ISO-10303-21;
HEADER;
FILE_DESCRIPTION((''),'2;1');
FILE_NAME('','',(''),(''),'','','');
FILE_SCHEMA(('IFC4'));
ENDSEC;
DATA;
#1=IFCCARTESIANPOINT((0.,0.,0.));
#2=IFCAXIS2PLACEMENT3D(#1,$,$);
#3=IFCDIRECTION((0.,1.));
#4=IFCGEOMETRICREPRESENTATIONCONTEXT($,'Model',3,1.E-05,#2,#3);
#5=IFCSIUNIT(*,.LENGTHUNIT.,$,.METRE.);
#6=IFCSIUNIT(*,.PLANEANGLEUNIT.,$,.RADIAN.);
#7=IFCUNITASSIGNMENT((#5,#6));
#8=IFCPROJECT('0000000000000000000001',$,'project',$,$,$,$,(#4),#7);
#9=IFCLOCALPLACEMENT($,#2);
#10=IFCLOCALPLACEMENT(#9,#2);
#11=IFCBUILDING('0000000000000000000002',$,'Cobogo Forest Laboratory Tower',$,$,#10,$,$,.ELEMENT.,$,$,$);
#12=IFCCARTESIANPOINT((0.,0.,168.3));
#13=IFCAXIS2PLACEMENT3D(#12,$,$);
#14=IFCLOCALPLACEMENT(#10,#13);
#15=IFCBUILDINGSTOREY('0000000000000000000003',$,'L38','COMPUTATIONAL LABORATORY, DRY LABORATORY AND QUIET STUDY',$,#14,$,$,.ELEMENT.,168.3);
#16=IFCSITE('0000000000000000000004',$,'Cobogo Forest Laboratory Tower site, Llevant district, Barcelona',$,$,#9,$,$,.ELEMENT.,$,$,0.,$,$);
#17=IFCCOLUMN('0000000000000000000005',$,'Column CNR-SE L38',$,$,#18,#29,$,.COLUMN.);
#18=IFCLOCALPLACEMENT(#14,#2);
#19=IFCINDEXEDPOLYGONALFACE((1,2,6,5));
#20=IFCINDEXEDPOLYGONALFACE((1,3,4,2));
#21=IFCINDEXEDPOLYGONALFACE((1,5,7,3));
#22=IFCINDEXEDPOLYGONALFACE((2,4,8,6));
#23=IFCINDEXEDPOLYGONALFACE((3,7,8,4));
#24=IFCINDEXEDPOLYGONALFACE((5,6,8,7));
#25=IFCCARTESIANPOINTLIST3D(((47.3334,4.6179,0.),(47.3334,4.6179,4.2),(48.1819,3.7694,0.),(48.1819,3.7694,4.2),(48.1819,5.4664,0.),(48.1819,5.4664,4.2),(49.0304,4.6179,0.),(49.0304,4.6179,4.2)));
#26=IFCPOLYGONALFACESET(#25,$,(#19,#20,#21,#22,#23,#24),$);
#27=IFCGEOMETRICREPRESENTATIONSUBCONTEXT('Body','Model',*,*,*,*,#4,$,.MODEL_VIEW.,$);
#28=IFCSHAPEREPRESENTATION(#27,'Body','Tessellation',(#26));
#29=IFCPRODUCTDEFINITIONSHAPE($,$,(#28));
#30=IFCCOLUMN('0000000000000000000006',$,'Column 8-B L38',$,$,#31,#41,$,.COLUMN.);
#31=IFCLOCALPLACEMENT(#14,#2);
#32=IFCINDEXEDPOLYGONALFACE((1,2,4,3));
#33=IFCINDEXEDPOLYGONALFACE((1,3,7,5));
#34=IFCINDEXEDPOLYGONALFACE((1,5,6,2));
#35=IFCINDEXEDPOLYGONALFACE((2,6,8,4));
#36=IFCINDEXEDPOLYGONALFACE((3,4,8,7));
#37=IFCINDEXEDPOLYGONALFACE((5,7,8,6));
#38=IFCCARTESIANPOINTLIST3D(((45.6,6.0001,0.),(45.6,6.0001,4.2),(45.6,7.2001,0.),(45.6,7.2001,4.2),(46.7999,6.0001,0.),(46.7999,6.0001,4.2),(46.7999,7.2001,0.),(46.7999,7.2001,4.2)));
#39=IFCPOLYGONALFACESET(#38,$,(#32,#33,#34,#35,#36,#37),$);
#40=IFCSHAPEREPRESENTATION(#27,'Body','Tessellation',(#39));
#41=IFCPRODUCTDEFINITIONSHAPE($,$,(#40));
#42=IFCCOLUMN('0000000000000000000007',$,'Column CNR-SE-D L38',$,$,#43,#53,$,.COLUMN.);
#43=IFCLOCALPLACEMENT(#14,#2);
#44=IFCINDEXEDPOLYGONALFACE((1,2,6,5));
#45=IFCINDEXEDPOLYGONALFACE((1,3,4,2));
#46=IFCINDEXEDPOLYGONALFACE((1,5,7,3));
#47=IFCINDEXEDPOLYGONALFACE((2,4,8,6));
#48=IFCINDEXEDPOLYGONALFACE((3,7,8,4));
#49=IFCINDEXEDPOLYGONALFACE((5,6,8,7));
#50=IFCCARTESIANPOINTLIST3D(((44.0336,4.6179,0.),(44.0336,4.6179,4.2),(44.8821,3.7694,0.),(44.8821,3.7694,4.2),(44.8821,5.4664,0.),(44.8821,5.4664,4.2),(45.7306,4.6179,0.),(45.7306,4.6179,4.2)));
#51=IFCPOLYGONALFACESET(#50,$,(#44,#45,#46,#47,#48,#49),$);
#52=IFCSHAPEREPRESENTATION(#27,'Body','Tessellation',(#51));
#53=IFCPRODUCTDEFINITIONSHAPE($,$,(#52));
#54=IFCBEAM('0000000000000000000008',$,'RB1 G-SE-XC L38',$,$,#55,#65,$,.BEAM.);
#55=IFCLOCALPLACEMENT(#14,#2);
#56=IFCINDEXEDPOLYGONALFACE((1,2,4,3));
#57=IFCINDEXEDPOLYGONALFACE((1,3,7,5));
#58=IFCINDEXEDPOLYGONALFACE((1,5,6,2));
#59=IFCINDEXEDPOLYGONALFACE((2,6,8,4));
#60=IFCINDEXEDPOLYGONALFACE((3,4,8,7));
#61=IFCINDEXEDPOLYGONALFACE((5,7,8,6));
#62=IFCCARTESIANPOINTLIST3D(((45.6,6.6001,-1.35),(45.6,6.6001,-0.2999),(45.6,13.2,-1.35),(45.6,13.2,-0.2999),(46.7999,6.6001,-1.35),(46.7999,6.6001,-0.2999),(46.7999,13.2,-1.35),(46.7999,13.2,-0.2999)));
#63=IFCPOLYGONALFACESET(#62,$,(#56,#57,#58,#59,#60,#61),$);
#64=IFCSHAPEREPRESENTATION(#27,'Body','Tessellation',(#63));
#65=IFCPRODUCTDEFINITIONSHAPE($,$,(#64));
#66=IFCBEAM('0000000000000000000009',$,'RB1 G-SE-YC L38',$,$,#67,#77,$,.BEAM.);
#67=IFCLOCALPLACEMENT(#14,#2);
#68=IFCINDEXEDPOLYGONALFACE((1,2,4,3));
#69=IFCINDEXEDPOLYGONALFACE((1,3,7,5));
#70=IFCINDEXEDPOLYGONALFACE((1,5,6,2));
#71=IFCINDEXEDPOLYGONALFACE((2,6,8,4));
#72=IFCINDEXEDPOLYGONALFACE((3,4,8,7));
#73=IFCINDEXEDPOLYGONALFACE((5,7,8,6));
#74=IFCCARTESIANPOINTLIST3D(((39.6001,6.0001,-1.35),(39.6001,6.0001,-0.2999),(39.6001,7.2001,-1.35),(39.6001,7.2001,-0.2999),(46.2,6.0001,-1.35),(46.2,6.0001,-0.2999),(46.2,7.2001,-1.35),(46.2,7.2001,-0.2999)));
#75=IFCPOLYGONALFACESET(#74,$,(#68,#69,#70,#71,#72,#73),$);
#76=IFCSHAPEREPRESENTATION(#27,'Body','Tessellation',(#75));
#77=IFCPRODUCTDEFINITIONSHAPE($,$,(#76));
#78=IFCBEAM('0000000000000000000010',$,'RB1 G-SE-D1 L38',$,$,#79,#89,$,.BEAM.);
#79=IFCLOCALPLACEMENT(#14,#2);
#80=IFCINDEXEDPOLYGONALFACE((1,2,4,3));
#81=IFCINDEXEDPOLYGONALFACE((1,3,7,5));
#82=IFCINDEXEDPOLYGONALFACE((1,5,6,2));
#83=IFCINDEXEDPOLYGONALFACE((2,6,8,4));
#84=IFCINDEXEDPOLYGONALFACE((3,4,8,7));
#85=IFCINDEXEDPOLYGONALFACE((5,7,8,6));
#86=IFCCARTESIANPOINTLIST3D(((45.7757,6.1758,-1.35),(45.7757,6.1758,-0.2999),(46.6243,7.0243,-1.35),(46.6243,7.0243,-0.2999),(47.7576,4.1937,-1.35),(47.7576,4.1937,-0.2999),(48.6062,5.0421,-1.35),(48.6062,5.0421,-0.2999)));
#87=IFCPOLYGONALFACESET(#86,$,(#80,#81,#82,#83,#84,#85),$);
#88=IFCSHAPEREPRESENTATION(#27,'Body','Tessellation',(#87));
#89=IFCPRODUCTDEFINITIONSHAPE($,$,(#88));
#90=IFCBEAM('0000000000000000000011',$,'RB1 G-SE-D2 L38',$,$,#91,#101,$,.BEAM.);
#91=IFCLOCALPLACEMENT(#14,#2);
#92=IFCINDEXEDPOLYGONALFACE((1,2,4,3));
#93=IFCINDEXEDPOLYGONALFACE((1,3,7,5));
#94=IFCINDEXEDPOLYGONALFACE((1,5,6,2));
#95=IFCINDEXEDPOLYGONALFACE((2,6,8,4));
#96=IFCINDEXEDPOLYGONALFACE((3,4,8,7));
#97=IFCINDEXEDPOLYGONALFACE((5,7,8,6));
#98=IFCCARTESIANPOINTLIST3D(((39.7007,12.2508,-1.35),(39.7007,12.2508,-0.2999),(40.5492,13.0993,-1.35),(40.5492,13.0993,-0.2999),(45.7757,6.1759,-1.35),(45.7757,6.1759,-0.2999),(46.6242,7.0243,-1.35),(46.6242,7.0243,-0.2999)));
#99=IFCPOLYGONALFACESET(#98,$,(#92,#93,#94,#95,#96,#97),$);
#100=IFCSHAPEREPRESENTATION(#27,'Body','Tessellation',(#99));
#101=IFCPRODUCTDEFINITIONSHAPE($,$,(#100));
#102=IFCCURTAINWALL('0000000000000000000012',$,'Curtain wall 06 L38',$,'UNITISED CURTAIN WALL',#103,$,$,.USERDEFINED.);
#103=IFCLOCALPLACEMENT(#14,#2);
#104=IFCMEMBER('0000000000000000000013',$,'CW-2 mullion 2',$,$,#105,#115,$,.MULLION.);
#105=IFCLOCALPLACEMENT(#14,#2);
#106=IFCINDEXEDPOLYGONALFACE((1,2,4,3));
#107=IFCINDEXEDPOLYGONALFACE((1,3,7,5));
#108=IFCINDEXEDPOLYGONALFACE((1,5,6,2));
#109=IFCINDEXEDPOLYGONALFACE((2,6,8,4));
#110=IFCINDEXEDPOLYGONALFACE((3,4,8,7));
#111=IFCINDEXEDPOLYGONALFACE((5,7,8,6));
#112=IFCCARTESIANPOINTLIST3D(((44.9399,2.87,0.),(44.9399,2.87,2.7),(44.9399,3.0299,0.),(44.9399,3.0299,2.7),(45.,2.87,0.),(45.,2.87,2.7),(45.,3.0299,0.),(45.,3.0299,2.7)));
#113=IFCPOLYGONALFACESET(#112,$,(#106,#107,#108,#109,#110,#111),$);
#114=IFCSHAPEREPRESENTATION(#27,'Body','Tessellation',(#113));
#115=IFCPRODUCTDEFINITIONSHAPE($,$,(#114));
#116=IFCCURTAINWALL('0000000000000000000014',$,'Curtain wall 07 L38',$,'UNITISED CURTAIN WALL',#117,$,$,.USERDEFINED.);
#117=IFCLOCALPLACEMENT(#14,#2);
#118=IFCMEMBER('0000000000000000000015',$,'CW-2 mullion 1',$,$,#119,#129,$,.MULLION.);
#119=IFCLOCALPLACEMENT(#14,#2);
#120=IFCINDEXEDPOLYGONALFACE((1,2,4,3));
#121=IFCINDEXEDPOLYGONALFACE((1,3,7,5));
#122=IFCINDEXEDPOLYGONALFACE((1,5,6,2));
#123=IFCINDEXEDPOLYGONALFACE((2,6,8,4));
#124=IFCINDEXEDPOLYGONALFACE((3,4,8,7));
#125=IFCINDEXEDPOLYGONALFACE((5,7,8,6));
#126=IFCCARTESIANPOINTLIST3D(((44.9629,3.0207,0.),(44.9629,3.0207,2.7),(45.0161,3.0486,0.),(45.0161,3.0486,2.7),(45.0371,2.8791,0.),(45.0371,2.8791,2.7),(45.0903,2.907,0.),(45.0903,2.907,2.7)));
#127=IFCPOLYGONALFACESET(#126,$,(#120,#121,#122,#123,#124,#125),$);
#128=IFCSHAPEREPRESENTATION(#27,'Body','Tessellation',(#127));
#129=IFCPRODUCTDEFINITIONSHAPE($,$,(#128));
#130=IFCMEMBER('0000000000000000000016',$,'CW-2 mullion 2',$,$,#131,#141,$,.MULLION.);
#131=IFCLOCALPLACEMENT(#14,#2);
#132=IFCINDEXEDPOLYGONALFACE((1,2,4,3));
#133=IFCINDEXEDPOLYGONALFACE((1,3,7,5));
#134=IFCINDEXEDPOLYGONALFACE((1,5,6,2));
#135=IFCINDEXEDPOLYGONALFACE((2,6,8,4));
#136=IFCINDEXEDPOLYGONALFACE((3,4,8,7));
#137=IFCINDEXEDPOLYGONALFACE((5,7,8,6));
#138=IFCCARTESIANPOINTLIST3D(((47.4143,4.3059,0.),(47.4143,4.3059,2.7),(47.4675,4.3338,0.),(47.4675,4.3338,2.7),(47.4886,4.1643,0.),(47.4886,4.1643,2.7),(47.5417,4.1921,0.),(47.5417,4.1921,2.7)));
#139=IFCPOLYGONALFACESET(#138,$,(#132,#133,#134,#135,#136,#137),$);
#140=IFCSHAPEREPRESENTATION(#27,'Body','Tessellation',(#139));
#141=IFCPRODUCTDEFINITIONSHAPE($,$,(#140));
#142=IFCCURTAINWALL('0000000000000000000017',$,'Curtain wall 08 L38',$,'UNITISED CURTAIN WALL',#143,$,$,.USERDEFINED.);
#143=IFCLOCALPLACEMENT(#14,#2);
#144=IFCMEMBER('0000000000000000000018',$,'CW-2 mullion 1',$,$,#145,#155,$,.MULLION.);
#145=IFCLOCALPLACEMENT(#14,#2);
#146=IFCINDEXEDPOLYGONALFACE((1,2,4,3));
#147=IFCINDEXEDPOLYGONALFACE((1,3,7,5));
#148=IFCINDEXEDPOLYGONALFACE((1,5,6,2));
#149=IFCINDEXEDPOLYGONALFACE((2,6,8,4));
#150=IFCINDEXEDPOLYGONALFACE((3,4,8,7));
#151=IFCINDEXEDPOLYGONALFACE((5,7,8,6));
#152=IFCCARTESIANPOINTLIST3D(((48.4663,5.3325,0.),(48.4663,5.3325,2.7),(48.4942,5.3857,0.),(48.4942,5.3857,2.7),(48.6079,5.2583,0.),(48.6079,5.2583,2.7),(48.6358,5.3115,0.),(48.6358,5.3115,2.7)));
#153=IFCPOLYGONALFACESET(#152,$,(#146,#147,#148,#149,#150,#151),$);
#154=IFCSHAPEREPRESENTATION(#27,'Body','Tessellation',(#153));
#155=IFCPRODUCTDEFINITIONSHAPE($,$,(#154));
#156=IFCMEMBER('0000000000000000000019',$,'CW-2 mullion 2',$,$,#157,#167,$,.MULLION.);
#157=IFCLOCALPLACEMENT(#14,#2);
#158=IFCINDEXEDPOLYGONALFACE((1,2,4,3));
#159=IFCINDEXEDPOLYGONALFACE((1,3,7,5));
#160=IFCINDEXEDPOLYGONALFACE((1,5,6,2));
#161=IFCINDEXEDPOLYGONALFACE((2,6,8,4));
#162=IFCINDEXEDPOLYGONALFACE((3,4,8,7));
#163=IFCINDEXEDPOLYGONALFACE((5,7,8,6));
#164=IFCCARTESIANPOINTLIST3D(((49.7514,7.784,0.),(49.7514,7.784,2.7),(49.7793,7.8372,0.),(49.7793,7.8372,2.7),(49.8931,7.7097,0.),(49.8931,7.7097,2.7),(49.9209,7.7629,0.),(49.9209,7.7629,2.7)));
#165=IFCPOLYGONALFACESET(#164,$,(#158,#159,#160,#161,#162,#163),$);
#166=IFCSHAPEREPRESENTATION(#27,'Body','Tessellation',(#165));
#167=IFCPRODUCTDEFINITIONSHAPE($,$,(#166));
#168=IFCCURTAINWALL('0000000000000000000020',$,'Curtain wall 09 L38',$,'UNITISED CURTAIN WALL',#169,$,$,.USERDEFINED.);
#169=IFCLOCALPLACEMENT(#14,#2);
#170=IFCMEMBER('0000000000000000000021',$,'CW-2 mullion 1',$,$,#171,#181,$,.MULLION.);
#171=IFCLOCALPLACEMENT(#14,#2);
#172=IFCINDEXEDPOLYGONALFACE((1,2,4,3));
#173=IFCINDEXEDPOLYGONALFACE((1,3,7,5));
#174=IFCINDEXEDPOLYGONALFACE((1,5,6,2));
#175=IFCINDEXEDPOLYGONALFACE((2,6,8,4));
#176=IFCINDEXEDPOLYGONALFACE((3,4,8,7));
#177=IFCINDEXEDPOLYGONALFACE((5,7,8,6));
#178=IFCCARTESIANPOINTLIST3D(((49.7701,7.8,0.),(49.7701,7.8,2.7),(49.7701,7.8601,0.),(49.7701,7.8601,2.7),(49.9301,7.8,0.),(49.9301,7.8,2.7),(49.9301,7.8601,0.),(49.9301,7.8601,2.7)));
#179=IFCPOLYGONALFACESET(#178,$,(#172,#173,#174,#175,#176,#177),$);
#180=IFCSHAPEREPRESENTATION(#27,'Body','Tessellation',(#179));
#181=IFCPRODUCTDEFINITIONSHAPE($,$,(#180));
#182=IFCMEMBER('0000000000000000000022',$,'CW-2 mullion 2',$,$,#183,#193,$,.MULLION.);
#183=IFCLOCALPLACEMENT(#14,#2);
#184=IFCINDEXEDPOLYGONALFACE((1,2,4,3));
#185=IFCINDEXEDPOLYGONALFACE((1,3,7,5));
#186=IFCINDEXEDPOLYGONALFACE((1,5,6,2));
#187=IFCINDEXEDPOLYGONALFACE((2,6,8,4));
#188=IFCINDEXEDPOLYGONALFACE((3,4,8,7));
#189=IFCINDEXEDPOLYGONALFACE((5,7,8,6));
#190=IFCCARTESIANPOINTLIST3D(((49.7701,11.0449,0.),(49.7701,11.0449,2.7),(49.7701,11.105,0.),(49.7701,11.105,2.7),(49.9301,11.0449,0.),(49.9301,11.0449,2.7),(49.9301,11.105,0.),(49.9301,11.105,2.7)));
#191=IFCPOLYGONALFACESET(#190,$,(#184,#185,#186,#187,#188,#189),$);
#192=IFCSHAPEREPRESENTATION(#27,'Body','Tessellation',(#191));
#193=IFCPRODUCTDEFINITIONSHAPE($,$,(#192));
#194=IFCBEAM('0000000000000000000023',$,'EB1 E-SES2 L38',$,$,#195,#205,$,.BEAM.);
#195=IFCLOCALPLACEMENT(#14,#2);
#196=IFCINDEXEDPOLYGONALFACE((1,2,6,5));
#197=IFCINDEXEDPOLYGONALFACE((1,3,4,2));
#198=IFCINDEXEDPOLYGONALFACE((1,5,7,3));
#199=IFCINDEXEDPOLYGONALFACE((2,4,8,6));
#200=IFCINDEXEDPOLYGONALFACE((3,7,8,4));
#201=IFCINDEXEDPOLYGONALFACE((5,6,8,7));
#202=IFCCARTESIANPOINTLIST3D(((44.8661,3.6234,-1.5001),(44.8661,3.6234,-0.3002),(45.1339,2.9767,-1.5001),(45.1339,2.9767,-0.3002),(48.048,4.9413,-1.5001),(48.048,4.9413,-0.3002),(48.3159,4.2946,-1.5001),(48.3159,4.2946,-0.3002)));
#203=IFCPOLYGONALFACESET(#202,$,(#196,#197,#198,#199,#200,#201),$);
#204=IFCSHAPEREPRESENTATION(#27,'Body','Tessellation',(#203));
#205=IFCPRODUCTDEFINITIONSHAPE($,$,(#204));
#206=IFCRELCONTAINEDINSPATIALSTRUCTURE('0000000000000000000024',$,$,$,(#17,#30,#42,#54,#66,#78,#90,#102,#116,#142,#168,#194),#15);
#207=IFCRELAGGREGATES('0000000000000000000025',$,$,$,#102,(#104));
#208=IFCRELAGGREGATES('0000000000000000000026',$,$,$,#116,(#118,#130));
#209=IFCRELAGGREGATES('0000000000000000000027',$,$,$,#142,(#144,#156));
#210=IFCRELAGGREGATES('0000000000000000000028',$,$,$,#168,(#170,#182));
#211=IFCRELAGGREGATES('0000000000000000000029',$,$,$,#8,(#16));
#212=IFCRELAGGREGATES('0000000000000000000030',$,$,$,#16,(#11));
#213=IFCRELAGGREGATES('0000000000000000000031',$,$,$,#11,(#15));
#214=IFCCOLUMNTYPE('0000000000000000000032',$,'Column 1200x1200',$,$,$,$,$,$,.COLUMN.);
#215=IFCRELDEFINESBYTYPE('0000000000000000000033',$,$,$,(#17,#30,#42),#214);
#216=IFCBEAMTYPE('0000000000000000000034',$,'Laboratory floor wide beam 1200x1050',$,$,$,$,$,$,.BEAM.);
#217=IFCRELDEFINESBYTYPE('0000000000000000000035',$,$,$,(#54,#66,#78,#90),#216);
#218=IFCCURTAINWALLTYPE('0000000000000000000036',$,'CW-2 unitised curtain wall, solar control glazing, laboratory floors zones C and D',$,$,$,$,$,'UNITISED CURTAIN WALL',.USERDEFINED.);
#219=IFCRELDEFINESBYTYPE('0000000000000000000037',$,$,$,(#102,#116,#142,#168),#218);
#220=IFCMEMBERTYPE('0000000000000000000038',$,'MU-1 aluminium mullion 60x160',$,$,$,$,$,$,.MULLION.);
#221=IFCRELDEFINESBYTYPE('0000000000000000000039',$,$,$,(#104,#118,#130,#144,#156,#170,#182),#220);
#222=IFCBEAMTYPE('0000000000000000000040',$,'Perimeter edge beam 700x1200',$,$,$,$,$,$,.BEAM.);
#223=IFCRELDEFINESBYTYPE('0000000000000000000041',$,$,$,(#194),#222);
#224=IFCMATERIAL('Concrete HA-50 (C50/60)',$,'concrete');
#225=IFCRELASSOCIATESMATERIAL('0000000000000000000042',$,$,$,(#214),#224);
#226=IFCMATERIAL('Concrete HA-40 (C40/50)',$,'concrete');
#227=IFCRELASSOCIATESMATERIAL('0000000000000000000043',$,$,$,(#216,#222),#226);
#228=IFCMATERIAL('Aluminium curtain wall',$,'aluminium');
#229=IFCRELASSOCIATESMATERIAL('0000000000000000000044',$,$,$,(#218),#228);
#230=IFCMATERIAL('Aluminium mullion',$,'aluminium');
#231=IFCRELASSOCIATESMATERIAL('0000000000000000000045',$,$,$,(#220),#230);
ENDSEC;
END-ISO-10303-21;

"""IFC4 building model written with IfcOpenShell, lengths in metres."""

from ifc_helpers import new_model, si_unit, direction, frame, origin, origin_2d, place, context, subcontext, project, spatial, rectangle, extrude, material, material_profile, profile_set, type_object, element, aggregate, save


model = new_model("IFC4")

# Units and contexts
model_context = context("Model", 3, precision=1e-05, world=origin(), true_north=direction((0.0, 1.0)))
body_context = subcontext(model_context, "Body", "Model", "MODEL_VIEW")
ifc_project = project(units=[si_unit("LENGTHUNIT", "METRE"), si_unit("PLANEANGLEUNIT", "RADIAN")], contexts=[model_context])

# Site, building, storey
site_placement = place(None, origin())
site = spatial("IfcSite", under=ifc_project, at=site_placement, Name="Cobogo Forest Laboratory Tower site, Llevant district, Barcelona", CompositionType="ELEMENT", RefElevation=0.0)
building_placement = place(site_placement, origin())
building = spatial("IfcBuilding", under=site, at=building_placement, Name="Cobogo Forest Laboratory Tower", CompositionType="ELEMENT")
storey_placement = place(building_placement, frame((0.0, 0.0, 168.3)))
storey = spatial("IfcBuildingStorey", under=building, at=storey_placement, Name="L38", Description="COMPUTATIONAL LABORATORY, DRY LABORATORY AND QUIET STUDY", CompositionType="ELEMENT", Elevation=168.3)

# Columns
ifc_material_1 = material(Name="Concrete HA-50 (C50/60)", Category="concrete")
ifc_material_profile_1 = material_profile(ifc_material_1, rectangle(XDim=1.2, YDim=1.2, at=origin_2d()), Name="RC 1200x1200")
ifc_profile_set_1 = profile_set([ifc_material_profile_1], Name="Concrete HA-50 (C50/60)")
column_type = type_object("IfcColumnType", Name="Column 1200x1200", PredefinedType="COLUMN", material=ifc_profile_set_1)
for number, where, z_axis, x_axis, name in (
    (1, (48.1819, 4.6179, 0.0), (0.0, 0.0, 1.0), (0.707107, 0.707107, 0.0), "Column CNR-SE L38"),
    (2, (46.2, 6.6001, 0.0), (0.0, 0.0, 1.0), (1.0, 0.0, 0.0), "Column 8-B L38"),
    (3, (44.8821, 4.6179, 0.0), (0.0, 0.0, 1.0), (0.707107, 0.707107, 0.0), "Column CNR-SE-D L38"),
):
    element("IfcColumn", number, at=place(storey_placement, frame(where, z_axis=z_axis, x_axis=x_axis)), inside=storey, type_object=column_type, Name=name, PredefinedType="COLUMN", context=body_context, shape_type="SweptSolid", body=[
        extrude(rectangle(XDim=1.2, YDim=1.2, at=origin_2d()), origin(), (0.0, 0.0, 1.0), 4.2),
    ])

# Beams
ifc_material_2 = material(Name="Concrete HA-40 (C40/50)", Category="concrete")
ifc_material_profile_2 = material_profile(ifc_material_2, rectangle(XDim=1.2, YDim=1.05, at=origin_2d()), Name="RC 1200x1050")
ifc_profile_set_2 = profile_set([ifc_material_profile_2], Name="Concrete HA-40 (C40/50)")
beam_type_1 = type_object("IfcBeamType", Name="Laboratory floor wide beam 1200x1050", PredefinedType="BEAM", material=ifc_profile_set_2)
for number, where, z_axis, x_axis, name in (
    (4, (46.2, 6.6001, -0.825), (0.0, 1.0, 0.0), (-1.0, 0.0, 0.0), "RB1 G-SE-XC L38"),
    (5, (46.2, 6.6001, -0.825), (-1.0, 0.0, 0.0), (0.0, -1.0, 0.0), "RB1 G-SE-YC L38"),
):
    element("IfcBeam", number, at=place(storey_placement, frame(where, z_axis=z_axis, x_axis=x_axis)), inside=storey, type_object=beam_type_1, Name=name, PredefinedType="BEAM", context=body_context, shape_type="SweptSolid", body=[
        extrude(rectangle(XDim=1.2, YDim=1.05, at=origin_2d()), origin(), (0.0, 0.0, 1.0), 6.5999),
    ])
beam_1_placement = place(storey_placement, frame((48.1819, 4.6179, -0.825), z_axis=(-0.707063, 0.70715, 0.0), x_axis=(-0.70715, -0.707063, 0.0)))
element("IfcBeam", 6, at=beam_1_placement, inside=storey, type_object=beam_type_1, Name="RB1 G-SE-D1 L38", PredefinedType="BEAM", context=body_context, shape_type="SweptSolid", body=[
    extrude(rectangle(XDim=1.2, YDim=1.05, at=origin_2d()), origin(), (0.0, 0.0, 1.0), 2.803),
])
beam_2_placement = place(storey_placement, frame((46.2, 6.6001, -0.825), z_axis=(-0.707107, 0.707107, 0.0), x_axis=(-0.707107, -0.707107, 0.0)))
element("IfcBeam", 7, at=beam_2_placement, inside=storey, type_object=beam_type_1, Name="RB1 G-SE-D2 L38", PredefinedType="BEAM", context=body_context, shape_type="SweptSolid", body=[
    extrude(rectangle(XDim=1.2, YDim=1.05, at=origin_2d()), origin(), (0.0, 0.0, 1.0), 8.5913),
])

# Curtain wall, member
ifc_material_3 = material(Name="Aluminium curtain wall", Category="aluminium")
curtain_wall_type = type_object("IfcCurtainWallType", Name="CW-2 unitised curtain wall, solar control glazing, laboratory floors zones C and D", ElementType="UNITISED CURTAIN WALL", PredefinedType="USERDEFINED", material=ifc_material_3)
curtain_wall_1_placement = place(storey_placement, origin())
curtain_wall_1 = element("IfcCurtainWall", 8, at=curtain_wall_1_placement, inside=storey, type_object=curtain_wall_type, Name="Curtain wall 06 L38", ObjectType="UNITISED CURTAIN WALL", PredefinedType="USERDEFINED")
ifc_material_4 = material(Name="Aluminium mullion", Category="aluminium")
ifc_material_profile_3 = material_profile(ifc_material_4, rectangle(XDim=0.0601, YDim=0.1599, at=origin_2d()), Name="AL 60x160")
ifc_profile_set_3 = profile_set([ifc_material_profile_3], Name="Aluminium mullion")
member_type_1 = type_object("IfcMemberType", Name="MU-1 aluminium mullion 60x160", PredefinedType="MULLION", material=ifc_profile_set_3)
member_1_placement = place(storey_placement, frame((44.97, 2.95, 0.0), z_axis=(0.0, 0.0, 1.0), x_axis=(1.0, 0.0, 0.0)))
member_1 = element("IfcMember", 9, at=member_1_placement, type_object=member_type_1, Name="CW-2 mullion 2", PredefinedType="MULLION", context=body_context, shape_type="SweptSolid", body=[
    extrude(rectangle(XDim=0.0601, YDim=0.1599, at=origin_2d()), origin(), (0.0, 0.0, 1.0), 2.7),
])

# Curtain walls, members
curtain_wall_2_placement = place(storey_placement, origin())
curtain_wall_2 = element("IfcCurtainWall", 10, at=curtain_wall_2_placement, inside=storey, type_object=curtain_wall_type, Name="Curtain wall 07 L38", ObjectType="UNITISED CURTAIN WALL", PredefinedType="USERDEFINED")
member_2_placement = place(storey_placement, frame((45.0266, 2.9639, 0.0), z_axis=(0.0, 0.0, 1.0), x_axis=(0.885686, 0.464284, 0.0)))
member_2 = element("IfcMember", 11, at=member_2_placement, type_object=member_type_1, Name="CW-2 mullion 1", PredefinedType="MULLION", context=body_context, shape_type="SweptSolid", body=[
    extrude(rectangle(XDim=0.0601, YDim=0.1599, at=origin_2d()), origin(), (0.0, 0.0, 1.0), 2.7),
])
member_3_placement = place(storey_placement, frame((47.478, 4.249, 0.0), z_axis=(0.0, 0.0, 1.0), x_axis=(0.885686, 0.464284, 0.0)))
member_3 = element("IfcMember", 12, at=member_3_placement, type_object=member_type_1, Name="CW-2 mullion 2", PredefinedType="MULLION", context=body_context, shape_type="SweptSolid", body=[
    extrude(rectangle(XDim=0.0601, YDim=0.1599, at=origin_2d()), origin(), (0.0, 0.0, 1.0), 2.7),
])
curtain_wall_3_placement = place(storey_placement, origin())
curtain_wall_3 = element("IfcCurtainWall", 13, at=curtain_wall_3_placement, inside=storey, type_object=curtain_wall_type, Name="Curtain wall 08 L38", ObjectType="UNITISED CURTAIN WALL", PredefinedType="USERDEFINED")
member_4_placement = place(storey_placement, frame((48.551, 5.322, 0.0), z_axis=(0.0, 0.0, 1.0), x_axis=(0.464284, 0.885686, 0.0)))
member_4 = element("IfcMember", 14, at=member_4_placement, type_object=member_type_1, Name="CW-2 mullion 1", PredefinedType="MULLION", context=body_context, shape_type="SweptSolid", body=[
    extrude(rectangle(XDim=0.0601, YDim=0.1599, at=origin_2d()), origin(), (0.0, 0.0, 1.0), 2.7),
])
member_5_placement = place(storey_placement, frame((49.8362, 7.7734, 0.0), z_axis=(0.0, 0.0, 1.0), x_axis=(0.464284, 0.885686, 0.0)))
member_5 = element("IfcMember", 15, at=member_5_placement, type_object=member_type_1, Name="CW-2 mullion 2", PredefinedType="MULLION", context=body_context, shape_type="SweptSolid", body=[
    extrude(rectangle(XDim=0.0601, YDim=0.1599, at=origin_2d()), origin(), (0.0, 0.0, 1.0), 2.7),
])
curtain_wall_4_placement = place(storey_placement, origin())
curtain_wall_4 = element("IfcCurtainWall", 16, at=curtain_wall_4_placement, inside=storey, type_object=curtain_wall_type, Name="Curtain wall 09 L38", ObjectType="UNITISED CURTAIN WALL", PredefinedType="USERDEFINED")
member_6_placement = place(storey_placement, frame((49.8501, 7.8301, 0.0), z_axis=(0.0, 0.0, 1.0), x_axis=(0.0, 1.0, 0.0)))
member_6 = element("IfcMember", 17, at=member_6_placement, type_object=member_type_1, Name="CW-2 mullion 1", PredefinedType="MULLION", context=body_context, shape_type="SweptSolid", body=[
    extrude(rectangle(XDim=0.0601, YDim=0.1599, at=origin_2d()), origin(), (0.0, 0.0, 1.0), 2.7),
])
member_7_placement = place(storey_placement, frame((49.8501, 11.075, 0.0), z_axis=(0.0, 0.0, 1.0), x_axis=(0.0, 1.0, 0.0)))
member_7 = element("IfcMember", 18, at=member_7_placement, type_object=member_type_1, Name="CW-2 mullion 2", PredefinedType="MULLION", context=body_context, shape_type="SweptSolid", body=[
    extrude(rectangle(XDim=0.0601, YDim=0.1599, at=origin_2d()), origin(), (0.0, 0.0, 1.0), 2.7),
])

# Beam
ifc_material_profile_4 = material_profile(ifc_material_2, rectangle(XDim=0.7, YDim=1.2, at=origin_2d()), Name="RC 700x1200")
ifc_profile_set_4 = profile_set([ifc_material_profile_4], Name="Concrete HA-40 (C40/50)")
beam_type_2 = type_object("IfcBeamType", Name="Perimeter edge beam 700x1200", PredefinedType="BEAM", material=ifc_profile_set_4)
beam_3_placement = place(storey_placement, frame((45.0, 3.3, -0.9001), z_axis=(0.923891, 0.382656, 0.0), x_axis=(-0.382656, 0.923891, 0.0)))
element("IfcBeam", 19, at=beam_3_placement, inside=storey, type_object=beam_type_2, Name="EB1 E-SES2 L38", PredefinedType="BEAM", context=body_context, shape_type="SweptSolid", body=[
    extrude(rectangle(XDim=0.7, YDim=1.2, at=origin_2d()), origin(), (0.0, 0.0, 1.0), 3.4441),
])

aggregate(curtain_wall_1, [member_1])
aggregate(curtain_wall_2, [member_2, member_3])
aggregate(curtain_wall_3, [member_4, member_5])
aggregate(curtain_wall_4, [member_6, member_7])

save(model, "model.ifc")
